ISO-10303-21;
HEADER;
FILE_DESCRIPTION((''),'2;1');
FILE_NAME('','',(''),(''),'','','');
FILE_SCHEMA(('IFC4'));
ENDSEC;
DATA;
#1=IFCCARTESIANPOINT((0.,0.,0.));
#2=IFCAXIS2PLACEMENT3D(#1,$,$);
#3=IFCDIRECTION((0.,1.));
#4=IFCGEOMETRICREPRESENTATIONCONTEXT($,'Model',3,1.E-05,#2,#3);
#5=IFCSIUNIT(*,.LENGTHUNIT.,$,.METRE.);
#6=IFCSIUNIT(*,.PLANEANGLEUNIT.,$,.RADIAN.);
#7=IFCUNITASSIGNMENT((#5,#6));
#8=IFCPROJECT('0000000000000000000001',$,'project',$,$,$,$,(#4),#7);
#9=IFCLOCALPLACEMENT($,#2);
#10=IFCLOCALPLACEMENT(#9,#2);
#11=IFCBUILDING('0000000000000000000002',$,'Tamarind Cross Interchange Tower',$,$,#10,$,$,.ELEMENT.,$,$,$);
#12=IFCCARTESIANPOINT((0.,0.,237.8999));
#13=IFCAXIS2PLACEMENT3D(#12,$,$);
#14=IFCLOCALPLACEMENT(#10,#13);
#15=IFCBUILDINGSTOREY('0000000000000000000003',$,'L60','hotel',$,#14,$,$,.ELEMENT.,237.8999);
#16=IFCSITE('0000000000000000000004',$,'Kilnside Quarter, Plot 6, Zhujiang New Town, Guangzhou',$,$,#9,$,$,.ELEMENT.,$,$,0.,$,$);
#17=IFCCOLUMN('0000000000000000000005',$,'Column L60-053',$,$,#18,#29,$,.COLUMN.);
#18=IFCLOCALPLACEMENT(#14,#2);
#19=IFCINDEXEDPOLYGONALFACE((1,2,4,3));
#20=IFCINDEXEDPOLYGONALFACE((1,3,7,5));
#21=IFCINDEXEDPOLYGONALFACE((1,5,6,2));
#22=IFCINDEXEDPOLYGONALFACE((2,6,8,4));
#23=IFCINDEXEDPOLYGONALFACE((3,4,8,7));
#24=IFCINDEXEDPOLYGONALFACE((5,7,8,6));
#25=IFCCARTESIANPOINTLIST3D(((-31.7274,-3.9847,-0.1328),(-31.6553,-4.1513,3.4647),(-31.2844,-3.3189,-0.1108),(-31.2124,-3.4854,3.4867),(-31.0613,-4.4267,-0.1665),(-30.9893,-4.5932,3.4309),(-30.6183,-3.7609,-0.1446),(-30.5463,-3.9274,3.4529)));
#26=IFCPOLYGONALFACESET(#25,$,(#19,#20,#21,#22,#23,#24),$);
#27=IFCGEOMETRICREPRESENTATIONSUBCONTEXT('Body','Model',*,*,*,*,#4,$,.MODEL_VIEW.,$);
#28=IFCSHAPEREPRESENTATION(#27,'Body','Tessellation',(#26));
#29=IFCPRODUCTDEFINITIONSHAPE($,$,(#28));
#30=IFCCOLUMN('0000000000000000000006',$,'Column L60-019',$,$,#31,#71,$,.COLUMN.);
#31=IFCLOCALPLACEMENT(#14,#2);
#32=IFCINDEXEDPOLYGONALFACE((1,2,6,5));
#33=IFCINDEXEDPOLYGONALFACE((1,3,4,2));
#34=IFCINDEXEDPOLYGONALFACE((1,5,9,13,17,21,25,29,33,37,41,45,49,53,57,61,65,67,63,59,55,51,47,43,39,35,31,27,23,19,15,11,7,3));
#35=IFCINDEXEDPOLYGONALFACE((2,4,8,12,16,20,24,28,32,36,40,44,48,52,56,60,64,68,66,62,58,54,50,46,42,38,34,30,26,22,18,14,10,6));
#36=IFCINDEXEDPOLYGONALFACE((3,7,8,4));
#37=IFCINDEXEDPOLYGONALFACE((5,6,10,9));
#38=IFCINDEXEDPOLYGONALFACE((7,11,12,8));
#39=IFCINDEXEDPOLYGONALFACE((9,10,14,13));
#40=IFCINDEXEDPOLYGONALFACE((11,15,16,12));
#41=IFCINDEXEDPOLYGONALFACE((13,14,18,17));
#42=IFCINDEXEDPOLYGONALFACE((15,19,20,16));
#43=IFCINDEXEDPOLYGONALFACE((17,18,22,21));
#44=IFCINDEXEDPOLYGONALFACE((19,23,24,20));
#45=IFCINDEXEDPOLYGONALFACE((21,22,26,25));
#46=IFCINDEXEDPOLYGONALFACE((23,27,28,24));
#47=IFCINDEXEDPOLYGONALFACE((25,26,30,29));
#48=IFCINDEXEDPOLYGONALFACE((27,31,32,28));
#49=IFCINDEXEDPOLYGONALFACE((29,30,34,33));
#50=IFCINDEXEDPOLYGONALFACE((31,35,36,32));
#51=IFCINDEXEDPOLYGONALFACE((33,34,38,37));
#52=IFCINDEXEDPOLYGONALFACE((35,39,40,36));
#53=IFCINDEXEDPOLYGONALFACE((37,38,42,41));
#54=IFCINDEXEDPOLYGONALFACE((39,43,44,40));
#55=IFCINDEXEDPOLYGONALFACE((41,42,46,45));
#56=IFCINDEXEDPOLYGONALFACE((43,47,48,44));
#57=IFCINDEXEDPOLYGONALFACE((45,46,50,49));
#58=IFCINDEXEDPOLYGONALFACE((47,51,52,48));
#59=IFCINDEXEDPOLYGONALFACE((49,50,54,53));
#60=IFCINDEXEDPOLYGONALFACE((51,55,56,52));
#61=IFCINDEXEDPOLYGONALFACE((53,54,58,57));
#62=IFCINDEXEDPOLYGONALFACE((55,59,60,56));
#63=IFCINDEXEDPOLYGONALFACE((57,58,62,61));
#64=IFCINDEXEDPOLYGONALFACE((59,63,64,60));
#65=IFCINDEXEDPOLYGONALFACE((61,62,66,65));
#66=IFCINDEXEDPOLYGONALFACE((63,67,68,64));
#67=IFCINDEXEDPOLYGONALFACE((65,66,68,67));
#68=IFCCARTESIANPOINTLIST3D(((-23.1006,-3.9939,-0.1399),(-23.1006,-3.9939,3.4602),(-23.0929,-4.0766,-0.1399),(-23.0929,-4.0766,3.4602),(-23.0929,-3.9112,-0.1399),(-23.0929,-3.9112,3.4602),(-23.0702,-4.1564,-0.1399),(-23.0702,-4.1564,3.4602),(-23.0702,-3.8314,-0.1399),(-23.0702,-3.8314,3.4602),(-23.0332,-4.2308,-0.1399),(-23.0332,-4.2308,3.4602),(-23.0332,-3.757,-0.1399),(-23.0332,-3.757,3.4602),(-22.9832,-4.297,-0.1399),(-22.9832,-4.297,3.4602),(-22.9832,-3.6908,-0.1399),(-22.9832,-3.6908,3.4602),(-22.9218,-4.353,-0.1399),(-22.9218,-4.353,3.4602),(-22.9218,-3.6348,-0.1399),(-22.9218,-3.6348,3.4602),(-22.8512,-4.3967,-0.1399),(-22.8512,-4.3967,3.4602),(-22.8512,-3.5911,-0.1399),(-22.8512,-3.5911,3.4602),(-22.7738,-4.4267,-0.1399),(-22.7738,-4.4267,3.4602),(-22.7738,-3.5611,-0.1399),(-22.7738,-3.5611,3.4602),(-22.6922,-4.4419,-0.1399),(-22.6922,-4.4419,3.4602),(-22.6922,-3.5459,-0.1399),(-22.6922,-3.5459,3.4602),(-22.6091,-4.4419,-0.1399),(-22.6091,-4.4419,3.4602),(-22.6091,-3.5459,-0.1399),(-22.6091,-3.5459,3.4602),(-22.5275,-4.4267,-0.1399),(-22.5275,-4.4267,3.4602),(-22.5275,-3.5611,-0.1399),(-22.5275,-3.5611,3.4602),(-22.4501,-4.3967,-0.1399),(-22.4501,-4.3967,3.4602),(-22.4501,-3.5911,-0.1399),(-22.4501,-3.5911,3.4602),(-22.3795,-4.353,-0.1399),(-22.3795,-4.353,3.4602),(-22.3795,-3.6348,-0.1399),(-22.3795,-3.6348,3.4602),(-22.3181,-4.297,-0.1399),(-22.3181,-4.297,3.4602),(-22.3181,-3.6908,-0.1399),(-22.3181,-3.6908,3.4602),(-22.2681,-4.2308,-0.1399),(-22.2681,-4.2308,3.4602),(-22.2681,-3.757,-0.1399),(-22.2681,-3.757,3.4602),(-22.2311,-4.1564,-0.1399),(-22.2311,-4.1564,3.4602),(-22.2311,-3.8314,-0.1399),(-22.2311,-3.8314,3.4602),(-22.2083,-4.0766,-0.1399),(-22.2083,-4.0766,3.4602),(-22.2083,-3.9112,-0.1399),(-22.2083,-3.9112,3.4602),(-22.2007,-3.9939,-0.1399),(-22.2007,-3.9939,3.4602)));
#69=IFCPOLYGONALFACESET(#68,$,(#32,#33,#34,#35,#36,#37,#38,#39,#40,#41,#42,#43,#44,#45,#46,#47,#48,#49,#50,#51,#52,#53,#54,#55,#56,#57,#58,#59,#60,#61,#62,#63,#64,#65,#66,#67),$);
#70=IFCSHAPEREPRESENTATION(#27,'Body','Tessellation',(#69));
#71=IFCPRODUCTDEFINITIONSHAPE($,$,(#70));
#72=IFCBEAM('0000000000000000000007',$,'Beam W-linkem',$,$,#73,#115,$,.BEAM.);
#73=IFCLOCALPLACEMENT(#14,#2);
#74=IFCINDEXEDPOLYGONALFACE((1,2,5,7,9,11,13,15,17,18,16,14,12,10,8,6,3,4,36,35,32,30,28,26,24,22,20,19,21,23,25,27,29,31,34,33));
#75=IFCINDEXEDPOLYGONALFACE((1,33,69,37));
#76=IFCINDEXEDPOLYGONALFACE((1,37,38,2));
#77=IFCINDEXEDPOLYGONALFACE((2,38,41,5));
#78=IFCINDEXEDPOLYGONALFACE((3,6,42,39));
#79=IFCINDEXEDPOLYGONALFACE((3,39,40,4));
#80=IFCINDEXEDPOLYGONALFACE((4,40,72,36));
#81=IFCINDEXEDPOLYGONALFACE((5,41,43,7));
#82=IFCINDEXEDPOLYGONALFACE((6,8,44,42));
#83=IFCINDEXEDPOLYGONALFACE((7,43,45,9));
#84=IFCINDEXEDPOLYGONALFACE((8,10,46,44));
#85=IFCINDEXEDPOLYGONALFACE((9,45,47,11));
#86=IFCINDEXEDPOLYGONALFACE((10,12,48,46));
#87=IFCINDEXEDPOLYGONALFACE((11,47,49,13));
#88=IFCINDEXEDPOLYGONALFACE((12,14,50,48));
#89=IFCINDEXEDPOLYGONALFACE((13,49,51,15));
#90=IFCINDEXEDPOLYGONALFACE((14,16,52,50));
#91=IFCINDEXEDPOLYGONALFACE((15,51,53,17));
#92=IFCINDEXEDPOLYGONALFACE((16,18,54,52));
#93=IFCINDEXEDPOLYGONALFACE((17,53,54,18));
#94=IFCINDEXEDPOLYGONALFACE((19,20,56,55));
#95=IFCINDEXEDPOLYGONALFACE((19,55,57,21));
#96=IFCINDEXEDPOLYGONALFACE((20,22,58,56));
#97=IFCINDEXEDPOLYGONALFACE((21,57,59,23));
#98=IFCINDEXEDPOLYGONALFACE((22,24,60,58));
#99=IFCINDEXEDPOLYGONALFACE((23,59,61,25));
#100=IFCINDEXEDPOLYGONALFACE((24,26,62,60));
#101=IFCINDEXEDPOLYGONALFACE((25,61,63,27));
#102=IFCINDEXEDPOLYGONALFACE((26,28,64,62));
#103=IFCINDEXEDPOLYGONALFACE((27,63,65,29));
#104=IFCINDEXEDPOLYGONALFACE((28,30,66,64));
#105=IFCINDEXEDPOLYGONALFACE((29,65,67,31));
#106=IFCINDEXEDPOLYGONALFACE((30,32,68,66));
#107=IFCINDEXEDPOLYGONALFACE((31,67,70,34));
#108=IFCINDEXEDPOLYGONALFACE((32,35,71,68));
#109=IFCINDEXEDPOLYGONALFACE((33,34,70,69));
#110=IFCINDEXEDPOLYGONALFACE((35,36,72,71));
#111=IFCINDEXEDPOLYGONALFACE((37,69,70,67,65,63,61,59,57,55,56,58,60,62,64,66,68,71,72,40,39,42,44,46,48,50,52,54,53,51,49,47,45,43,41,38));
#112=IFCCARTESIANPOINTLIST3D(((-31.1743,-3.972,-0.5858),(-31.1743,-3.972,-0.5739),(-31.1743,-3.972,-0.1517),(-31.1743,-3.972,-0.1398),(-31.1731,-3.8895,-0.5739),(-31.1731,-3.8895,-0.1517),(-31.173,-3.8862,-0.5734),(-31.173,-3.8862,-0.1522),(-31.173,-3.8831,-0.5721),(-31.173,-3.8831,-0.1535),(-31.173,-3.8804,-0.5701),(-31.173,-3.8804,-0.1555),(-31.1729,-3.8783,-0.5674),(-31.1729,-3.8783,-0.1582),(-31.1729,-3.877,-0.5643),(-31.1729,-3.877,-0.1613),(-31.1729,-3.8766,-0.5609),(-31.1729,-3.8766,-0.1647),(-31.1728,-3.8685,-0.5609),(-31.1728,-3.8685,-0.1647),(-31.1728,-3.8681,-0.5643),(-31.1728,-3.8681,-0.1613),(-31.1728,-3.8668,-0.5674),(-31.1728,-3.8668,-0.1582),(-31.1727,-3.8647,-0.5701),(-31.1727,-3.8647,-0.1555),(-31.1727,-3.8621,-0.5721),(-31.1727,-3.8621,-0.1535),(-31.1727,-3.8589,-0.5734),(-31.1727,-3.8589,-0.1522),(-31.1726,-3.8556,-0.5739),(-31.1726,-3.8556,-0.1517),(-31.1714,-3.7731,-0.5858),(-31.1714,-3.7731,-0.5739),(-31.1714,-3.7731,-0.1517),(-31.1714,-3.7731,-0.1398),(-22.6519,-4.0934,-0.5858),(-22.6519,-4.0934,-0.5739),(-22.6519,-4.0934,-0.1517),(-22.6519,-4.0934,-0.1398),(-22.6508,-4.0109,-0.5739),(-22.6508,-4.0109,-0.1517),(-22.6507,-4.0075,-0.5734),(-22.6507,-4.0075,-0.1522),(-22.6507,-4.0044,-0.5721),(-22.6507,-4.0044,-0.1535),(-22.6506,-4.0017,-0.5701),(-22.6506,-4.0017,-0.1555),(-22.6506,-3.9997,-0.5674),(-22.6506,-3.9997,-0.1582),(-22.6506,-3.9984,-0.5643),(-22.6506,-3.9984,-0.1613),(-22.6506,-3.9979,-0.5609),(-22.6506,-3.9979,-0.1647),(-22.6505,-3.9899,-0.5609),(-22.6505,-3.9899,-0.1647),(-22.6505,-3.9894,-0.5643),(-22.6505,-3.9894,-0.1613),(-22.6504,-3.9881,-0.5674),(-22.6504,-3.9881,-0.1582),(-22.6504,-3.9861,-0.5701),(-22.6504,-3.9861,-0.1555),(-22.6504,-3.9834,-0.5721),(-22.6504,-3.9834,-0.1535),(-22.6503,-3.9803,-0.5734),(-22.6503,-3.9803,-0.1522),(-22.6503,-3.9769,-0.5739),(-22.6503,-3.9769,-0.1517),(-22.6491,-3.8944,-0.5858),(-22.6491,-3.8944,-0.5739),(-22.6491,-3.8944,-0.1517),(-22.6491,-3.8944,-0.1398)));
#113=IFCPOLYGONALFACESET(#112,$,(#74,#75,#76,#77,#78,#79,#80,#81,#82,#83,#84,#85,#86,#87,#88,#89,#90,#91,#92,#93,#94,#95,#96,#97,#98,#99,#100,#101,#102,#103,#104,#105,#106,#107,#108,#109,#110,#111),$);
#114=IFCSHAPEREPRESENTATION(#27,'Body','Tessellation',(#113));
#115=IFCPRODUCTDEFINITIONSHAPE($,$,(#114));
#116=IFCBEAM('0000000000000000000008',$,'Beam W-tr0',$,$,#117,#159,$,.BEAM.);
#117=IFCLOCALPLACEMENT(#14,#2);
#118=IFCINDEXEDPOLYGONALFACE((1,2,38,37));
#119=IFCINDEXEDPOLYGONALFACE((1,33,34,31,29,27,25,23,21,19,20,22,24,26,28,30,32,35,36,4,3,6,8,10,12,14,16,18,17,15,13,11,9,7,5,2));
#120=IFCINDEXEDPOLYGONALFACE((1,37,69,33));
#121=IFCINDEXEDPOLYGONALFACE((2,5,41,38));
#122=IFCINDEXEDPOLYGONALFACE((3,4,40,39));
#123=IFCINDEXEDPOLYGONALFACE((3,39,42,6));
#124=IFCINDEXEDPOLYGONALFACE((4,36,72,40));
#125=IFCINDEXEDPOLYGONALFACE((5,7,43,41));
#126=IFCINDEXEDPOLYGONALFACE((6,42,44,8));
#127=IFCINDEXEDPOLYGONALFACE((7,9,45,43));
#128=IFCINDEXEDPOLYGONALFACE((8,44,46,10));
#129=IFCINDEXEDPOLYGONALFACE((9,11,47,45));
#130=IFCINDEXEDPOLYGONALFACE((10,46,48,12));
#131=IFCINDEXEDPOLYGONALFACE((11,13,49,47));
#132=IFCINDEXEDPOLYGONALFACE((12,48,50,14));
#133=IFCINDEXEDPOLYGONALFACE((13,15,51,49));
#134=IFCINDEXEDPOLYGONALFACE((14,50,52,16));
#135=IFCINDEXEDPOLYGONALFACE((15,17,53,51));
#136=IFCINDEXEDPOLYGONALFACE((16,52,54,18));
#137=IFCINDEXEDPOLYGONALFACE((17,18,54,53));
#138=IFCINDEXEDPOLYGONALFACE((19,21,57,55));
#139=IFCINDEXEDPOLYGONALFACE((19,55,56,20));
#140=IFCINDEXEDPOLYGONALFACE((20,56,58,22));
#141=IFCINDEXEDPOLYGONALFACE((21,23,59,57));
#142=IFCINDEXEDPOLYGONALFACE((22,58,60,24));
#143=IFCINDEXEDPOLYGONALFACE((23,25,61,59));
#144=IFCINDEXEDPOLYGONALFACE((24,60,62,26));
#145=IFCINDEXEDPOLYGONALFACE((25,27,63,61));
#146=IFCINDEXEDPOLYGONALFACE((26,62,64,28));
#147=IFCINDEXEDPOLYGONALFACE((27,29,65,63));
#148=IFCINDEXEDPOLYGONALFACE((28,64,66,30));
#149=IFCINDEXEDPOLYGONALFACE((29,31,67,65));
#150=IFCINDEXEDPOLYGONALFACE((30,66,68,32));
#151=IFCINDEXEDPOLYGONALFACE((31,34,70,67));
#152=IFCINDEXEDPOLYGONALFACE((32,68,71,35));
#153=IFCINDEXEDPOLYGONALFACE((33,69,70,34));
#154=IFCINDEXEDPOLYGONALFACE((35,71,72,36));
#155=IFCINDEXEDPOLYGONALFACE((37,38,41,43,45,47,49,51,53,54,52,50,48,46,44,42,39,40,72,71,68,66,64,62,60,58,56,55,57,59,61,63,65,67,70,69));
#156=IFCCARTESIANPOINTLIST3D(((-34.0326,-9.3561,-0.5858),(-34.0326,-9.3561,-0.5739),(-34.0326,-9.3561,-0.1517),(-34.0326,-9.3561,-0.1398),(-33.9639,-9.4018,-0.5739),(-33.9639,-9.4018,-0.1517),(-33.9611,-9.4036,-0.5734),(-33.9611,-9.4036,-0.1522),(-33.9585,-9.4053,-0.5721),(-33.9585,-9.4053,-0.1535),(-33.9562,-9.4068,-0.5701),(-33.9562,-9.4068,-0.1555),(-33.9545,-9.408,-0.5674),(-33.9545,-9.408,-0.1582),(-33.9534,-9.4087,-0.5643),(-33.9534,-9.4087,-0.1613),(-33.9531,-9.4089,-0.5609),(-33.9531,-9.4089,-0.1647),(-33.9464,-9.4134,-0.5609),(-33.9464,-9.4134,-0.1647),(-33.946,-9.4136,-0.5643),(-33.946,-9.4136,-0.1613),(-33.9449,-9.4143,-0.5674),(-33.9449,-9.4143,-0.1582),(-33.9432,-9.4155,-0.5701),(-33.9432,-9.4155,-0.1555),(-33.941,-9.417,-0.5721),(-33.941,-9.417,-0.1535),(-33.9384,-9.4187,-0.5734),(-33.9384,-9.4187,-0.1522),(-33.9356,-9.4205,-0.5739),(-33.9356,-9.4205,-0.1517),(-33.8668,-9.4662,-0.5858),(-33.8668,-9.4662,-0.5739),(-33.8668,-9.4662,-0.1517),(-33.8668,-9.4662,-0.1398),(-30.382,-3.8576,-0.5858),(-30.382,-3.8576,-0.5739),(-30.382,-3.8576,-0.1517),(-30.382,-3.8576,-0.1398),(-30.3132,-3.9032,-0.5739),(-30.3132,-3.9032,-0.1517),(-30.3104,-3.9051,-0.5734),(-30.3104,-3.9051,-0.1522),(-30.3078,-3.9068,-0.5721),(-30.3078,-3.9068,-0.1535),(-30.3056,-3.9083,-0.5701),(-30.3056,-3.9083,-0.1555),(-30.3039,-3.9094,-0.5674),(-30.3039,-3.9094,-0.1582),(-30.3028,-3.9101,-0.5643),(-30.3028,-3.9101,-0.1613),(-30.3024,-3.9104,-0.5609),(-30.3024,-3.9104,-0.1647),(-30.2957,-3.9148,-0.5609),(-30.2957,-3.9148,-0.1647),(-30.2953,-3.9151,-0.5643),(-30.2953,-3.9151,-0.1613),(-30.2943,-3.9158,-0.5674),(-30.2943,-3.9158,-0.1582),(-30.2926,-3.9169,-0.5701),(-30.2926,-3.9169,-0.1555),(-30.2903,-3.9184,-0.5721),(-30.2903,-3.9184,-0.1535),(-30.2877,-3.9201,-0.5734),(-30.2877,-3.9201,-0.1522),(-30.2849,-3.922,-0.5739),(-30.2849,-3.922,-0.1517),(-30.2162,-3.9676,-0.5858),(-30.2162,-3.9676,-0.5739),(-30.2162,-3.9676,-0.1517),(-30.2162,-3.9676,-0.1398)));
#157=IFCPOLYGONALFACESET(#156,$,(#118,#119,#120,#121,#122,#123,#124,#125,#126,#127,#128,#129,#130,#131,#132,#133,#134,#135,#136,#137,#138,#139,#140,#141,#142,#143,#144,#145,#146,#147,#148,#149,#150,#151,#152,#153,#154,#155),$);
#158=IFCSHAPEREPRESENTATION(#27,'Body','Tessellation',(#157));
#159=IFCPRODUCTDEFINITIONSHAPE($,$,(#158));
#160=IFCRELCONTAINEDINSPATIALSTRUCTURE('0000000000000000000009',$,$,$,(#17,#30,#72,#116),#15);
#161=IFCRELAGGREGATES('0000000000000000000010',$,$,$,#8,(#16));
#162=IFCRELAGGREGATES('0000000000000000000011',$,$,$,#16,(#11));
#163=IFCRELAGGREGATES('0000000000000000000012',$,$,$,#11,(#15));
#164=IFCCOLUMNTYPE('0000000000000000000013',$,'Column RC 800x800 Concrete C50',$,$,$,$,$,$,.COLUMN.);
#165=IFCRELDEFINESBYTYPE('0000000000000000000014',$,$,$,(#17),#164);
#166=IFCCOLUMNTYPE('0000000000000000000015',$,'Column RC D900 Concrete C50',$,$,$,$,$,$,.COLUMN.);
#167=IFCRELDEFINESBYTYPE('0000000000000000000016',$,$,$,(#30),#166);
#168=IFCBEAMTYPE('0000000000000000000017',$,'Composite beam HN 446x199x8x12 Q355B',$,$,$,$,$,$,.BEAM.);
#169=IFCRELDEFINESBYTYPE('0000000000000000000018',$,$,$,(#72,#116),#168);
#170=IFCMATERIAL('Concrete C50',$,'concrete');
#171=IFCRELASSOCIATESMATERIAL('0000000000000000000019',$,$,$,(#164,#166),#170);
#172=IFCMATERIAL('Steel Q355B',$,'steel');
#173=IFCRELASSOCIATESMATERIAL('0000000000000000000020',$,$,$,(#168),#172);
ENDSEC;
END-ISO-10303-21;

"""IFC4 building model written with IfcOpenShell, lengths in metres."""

from ifc_helpers import new_model, si_unit, direction, frame, origin, origin_2d, place, context, subcontext, project, spatial, rectangle, circle, i_section, extrude, material, material_profile, profile_set, type_object, element, save


model = new_model("IFC4")

# Units and contexts
model_context = context("Model", 3, precision=1e-05, world=origin(), true_north=direction((0.0, 1.0)))
body_context = subcontext(model_context, "Body", "Model", "MODEL_VIEW")
ifc_project = project(units=[si_unit("LENGTHUNIT", "METRE"), si_unit("PLANEANGLEUNIT", "RADIAN")], contexts=[model_context])

# Site, building, storey
site_placement = place(None, origin())
site = spatial("IfcSite", under=ifc_project, at=site_placement, Name="Kilnside Quarter, Plot 6, Zhujiang New Town, Guangzhou", CompositionType="ELEMENT", RefElevation=0.0)
building_placement = place(site_placement, origin())
building = spatial("IfcBuilding", under=site, at=building_placement, Name="Tamarind Cross Interchange Tower", CompositionType="ELEMENT")
storey_placement = place(building_placement, frame((0.0, 0.0, 237.8999)))
storey = spatial("IfcBuildingStorey", under=building, at=storey_placement, Name="L60", Description="hotel", CompositionType="ELEMENT", Elevation=237.8999)

# Columns
ifc_material_1 = material(Name="Concrete C50", Category="concrete")
ifc_material_profile_1 = material_profile(ifc_material_1, rectangle(XDim=0.8, YDim=0.8, at=origin_2d()), Name="RC 800x800")
ifc_profile_set_1 = profile_set([ifc_material_profile_1], Name="Concrete C50")
column_type_1 = type_object("IfcColumnType", Name="Column RC 800x800 Concrete C50", PredefinedType="COLUMN", material=ifc_profile_set_1)
column_1_placement = place(storey_placement, frame((-31.1729, -3.8728, -0.1387), z_axis=(0.019995, -0.046226, 0.998731), x_axis=(0.55368, 0.832277, 0.027437)))
element("IfcColumn", 1, at=column_1_placement, inside=storey, type_object=column_type_1, Name="Column L60-053", PredefinedType="COLUMN", context=body_context, shape_type="SweptSolid", body=[
    extrude(rectangle(XDim=0.8, YDim=0.8, at=origin_2d()), origin(), (0.0, 0.0, 1.0), 3.6021),
])
ifc_material_profile_2 = material_profile(ifc_material_1, circle(Radius=0.45, at=origin_2d()), Name="RC D900")
ifc_profile_set_2 = profile_set([ifc_material_profile_2], Name="Concrete C50")
column_type_2 = type_object("IfcColumnType", Name="Column RC D900 Concrete C50", PredefinedType="COLUMN", material=ifc_profile_set_2)
column_2_placement = place(storey_placement, frame((-22.6506, -3.9939, -0.1399), z_axis=(0.0, 0.0, 1.0), x_axis=(1.0, 0.0, 0.0)))
element("IfcColumn", 2, at=column_2_placement, inside=storey, type_object=column_type_2, Name="Column L60-019", PredefinedType="COLUMN", context=body_context, shape_type="SweptSolid", body=[
    extrude(circle(Radius=0.45, at=origin_2d()), origin(), (0.0, 0.0, 1.0), 3.6001),
])

# Beams
ifc_material_2 = material(Name="Steel Q355B", Category="steel")
ifc_material_profile_3 = material_profile(ifc_material_2, i_section(OverallWidth=0.199, OverallDepth=0.446, WebThickness=0.0081, FlangeThickness=0.012, FilletRadius=0.0129, at=origin_2d()), Name="HN 446x199x8x12")
ifc_profile_set_3 = profile_set([ifc_material_profile_3], Name="Steel Q355B")
beam_type_1 = type_object("IfcBeamType", Name="Composite beam HN 446x199x8x12 Q355B", PredefinedType="BEAM", material=ifc_profile_set_3)
beam_1_placement = place(storey_placement, frame((-31.1729, -3.8726, -0.3628), z_axis=(0.999899, -0.014236, 0.0), x_axis=(0.014236, 0.999899, 0.0)))
element("IfcBeam", 3, at=beam_1_placement, inside=storey, type_object=beam_type_1, Name="Beam W-linkem", PredefinedType="BEAM", context=body_context, shape_type="SweptSolid", body=[
    extrude(i_section(OverallWidth=0.199, OverallDepth=0.446, WebThickness=0.0081, FlangeThickness=0.012, FilletRadius=0.0129, at=origin_2d()), origin(), (0.0, 0.0, 1.0), 8.5232),
])
for number, where, z_axis, x_axis, name in (
    (4, (-30.2991, -3.9126, -0.3628), (-0.55312, -0.833102, 0.0), (0.833102, -0.55312, 0.0), "Beam W-tr0"),
):
    element("IfcBeam", number, at=place(storey_placement, frame(where, z_axis=z_axis, x_axis=x_axis)), inside=storey, type_object=beam_type_1, Name=name, PredefinedType="BEAM", context=body_context, shape_type="SweptSolid", body=[
        extrude(i_section(OverallWidth=0.199, OverallDepth=0.446, WebThickness=0.0081, FlangeThickness=0.012, FilletRadius=0.0129, at=origin_2d()), origin(), (0.0, 0.0, 1.0), 6.6001),
    ])

save(model, "model.ifc")
